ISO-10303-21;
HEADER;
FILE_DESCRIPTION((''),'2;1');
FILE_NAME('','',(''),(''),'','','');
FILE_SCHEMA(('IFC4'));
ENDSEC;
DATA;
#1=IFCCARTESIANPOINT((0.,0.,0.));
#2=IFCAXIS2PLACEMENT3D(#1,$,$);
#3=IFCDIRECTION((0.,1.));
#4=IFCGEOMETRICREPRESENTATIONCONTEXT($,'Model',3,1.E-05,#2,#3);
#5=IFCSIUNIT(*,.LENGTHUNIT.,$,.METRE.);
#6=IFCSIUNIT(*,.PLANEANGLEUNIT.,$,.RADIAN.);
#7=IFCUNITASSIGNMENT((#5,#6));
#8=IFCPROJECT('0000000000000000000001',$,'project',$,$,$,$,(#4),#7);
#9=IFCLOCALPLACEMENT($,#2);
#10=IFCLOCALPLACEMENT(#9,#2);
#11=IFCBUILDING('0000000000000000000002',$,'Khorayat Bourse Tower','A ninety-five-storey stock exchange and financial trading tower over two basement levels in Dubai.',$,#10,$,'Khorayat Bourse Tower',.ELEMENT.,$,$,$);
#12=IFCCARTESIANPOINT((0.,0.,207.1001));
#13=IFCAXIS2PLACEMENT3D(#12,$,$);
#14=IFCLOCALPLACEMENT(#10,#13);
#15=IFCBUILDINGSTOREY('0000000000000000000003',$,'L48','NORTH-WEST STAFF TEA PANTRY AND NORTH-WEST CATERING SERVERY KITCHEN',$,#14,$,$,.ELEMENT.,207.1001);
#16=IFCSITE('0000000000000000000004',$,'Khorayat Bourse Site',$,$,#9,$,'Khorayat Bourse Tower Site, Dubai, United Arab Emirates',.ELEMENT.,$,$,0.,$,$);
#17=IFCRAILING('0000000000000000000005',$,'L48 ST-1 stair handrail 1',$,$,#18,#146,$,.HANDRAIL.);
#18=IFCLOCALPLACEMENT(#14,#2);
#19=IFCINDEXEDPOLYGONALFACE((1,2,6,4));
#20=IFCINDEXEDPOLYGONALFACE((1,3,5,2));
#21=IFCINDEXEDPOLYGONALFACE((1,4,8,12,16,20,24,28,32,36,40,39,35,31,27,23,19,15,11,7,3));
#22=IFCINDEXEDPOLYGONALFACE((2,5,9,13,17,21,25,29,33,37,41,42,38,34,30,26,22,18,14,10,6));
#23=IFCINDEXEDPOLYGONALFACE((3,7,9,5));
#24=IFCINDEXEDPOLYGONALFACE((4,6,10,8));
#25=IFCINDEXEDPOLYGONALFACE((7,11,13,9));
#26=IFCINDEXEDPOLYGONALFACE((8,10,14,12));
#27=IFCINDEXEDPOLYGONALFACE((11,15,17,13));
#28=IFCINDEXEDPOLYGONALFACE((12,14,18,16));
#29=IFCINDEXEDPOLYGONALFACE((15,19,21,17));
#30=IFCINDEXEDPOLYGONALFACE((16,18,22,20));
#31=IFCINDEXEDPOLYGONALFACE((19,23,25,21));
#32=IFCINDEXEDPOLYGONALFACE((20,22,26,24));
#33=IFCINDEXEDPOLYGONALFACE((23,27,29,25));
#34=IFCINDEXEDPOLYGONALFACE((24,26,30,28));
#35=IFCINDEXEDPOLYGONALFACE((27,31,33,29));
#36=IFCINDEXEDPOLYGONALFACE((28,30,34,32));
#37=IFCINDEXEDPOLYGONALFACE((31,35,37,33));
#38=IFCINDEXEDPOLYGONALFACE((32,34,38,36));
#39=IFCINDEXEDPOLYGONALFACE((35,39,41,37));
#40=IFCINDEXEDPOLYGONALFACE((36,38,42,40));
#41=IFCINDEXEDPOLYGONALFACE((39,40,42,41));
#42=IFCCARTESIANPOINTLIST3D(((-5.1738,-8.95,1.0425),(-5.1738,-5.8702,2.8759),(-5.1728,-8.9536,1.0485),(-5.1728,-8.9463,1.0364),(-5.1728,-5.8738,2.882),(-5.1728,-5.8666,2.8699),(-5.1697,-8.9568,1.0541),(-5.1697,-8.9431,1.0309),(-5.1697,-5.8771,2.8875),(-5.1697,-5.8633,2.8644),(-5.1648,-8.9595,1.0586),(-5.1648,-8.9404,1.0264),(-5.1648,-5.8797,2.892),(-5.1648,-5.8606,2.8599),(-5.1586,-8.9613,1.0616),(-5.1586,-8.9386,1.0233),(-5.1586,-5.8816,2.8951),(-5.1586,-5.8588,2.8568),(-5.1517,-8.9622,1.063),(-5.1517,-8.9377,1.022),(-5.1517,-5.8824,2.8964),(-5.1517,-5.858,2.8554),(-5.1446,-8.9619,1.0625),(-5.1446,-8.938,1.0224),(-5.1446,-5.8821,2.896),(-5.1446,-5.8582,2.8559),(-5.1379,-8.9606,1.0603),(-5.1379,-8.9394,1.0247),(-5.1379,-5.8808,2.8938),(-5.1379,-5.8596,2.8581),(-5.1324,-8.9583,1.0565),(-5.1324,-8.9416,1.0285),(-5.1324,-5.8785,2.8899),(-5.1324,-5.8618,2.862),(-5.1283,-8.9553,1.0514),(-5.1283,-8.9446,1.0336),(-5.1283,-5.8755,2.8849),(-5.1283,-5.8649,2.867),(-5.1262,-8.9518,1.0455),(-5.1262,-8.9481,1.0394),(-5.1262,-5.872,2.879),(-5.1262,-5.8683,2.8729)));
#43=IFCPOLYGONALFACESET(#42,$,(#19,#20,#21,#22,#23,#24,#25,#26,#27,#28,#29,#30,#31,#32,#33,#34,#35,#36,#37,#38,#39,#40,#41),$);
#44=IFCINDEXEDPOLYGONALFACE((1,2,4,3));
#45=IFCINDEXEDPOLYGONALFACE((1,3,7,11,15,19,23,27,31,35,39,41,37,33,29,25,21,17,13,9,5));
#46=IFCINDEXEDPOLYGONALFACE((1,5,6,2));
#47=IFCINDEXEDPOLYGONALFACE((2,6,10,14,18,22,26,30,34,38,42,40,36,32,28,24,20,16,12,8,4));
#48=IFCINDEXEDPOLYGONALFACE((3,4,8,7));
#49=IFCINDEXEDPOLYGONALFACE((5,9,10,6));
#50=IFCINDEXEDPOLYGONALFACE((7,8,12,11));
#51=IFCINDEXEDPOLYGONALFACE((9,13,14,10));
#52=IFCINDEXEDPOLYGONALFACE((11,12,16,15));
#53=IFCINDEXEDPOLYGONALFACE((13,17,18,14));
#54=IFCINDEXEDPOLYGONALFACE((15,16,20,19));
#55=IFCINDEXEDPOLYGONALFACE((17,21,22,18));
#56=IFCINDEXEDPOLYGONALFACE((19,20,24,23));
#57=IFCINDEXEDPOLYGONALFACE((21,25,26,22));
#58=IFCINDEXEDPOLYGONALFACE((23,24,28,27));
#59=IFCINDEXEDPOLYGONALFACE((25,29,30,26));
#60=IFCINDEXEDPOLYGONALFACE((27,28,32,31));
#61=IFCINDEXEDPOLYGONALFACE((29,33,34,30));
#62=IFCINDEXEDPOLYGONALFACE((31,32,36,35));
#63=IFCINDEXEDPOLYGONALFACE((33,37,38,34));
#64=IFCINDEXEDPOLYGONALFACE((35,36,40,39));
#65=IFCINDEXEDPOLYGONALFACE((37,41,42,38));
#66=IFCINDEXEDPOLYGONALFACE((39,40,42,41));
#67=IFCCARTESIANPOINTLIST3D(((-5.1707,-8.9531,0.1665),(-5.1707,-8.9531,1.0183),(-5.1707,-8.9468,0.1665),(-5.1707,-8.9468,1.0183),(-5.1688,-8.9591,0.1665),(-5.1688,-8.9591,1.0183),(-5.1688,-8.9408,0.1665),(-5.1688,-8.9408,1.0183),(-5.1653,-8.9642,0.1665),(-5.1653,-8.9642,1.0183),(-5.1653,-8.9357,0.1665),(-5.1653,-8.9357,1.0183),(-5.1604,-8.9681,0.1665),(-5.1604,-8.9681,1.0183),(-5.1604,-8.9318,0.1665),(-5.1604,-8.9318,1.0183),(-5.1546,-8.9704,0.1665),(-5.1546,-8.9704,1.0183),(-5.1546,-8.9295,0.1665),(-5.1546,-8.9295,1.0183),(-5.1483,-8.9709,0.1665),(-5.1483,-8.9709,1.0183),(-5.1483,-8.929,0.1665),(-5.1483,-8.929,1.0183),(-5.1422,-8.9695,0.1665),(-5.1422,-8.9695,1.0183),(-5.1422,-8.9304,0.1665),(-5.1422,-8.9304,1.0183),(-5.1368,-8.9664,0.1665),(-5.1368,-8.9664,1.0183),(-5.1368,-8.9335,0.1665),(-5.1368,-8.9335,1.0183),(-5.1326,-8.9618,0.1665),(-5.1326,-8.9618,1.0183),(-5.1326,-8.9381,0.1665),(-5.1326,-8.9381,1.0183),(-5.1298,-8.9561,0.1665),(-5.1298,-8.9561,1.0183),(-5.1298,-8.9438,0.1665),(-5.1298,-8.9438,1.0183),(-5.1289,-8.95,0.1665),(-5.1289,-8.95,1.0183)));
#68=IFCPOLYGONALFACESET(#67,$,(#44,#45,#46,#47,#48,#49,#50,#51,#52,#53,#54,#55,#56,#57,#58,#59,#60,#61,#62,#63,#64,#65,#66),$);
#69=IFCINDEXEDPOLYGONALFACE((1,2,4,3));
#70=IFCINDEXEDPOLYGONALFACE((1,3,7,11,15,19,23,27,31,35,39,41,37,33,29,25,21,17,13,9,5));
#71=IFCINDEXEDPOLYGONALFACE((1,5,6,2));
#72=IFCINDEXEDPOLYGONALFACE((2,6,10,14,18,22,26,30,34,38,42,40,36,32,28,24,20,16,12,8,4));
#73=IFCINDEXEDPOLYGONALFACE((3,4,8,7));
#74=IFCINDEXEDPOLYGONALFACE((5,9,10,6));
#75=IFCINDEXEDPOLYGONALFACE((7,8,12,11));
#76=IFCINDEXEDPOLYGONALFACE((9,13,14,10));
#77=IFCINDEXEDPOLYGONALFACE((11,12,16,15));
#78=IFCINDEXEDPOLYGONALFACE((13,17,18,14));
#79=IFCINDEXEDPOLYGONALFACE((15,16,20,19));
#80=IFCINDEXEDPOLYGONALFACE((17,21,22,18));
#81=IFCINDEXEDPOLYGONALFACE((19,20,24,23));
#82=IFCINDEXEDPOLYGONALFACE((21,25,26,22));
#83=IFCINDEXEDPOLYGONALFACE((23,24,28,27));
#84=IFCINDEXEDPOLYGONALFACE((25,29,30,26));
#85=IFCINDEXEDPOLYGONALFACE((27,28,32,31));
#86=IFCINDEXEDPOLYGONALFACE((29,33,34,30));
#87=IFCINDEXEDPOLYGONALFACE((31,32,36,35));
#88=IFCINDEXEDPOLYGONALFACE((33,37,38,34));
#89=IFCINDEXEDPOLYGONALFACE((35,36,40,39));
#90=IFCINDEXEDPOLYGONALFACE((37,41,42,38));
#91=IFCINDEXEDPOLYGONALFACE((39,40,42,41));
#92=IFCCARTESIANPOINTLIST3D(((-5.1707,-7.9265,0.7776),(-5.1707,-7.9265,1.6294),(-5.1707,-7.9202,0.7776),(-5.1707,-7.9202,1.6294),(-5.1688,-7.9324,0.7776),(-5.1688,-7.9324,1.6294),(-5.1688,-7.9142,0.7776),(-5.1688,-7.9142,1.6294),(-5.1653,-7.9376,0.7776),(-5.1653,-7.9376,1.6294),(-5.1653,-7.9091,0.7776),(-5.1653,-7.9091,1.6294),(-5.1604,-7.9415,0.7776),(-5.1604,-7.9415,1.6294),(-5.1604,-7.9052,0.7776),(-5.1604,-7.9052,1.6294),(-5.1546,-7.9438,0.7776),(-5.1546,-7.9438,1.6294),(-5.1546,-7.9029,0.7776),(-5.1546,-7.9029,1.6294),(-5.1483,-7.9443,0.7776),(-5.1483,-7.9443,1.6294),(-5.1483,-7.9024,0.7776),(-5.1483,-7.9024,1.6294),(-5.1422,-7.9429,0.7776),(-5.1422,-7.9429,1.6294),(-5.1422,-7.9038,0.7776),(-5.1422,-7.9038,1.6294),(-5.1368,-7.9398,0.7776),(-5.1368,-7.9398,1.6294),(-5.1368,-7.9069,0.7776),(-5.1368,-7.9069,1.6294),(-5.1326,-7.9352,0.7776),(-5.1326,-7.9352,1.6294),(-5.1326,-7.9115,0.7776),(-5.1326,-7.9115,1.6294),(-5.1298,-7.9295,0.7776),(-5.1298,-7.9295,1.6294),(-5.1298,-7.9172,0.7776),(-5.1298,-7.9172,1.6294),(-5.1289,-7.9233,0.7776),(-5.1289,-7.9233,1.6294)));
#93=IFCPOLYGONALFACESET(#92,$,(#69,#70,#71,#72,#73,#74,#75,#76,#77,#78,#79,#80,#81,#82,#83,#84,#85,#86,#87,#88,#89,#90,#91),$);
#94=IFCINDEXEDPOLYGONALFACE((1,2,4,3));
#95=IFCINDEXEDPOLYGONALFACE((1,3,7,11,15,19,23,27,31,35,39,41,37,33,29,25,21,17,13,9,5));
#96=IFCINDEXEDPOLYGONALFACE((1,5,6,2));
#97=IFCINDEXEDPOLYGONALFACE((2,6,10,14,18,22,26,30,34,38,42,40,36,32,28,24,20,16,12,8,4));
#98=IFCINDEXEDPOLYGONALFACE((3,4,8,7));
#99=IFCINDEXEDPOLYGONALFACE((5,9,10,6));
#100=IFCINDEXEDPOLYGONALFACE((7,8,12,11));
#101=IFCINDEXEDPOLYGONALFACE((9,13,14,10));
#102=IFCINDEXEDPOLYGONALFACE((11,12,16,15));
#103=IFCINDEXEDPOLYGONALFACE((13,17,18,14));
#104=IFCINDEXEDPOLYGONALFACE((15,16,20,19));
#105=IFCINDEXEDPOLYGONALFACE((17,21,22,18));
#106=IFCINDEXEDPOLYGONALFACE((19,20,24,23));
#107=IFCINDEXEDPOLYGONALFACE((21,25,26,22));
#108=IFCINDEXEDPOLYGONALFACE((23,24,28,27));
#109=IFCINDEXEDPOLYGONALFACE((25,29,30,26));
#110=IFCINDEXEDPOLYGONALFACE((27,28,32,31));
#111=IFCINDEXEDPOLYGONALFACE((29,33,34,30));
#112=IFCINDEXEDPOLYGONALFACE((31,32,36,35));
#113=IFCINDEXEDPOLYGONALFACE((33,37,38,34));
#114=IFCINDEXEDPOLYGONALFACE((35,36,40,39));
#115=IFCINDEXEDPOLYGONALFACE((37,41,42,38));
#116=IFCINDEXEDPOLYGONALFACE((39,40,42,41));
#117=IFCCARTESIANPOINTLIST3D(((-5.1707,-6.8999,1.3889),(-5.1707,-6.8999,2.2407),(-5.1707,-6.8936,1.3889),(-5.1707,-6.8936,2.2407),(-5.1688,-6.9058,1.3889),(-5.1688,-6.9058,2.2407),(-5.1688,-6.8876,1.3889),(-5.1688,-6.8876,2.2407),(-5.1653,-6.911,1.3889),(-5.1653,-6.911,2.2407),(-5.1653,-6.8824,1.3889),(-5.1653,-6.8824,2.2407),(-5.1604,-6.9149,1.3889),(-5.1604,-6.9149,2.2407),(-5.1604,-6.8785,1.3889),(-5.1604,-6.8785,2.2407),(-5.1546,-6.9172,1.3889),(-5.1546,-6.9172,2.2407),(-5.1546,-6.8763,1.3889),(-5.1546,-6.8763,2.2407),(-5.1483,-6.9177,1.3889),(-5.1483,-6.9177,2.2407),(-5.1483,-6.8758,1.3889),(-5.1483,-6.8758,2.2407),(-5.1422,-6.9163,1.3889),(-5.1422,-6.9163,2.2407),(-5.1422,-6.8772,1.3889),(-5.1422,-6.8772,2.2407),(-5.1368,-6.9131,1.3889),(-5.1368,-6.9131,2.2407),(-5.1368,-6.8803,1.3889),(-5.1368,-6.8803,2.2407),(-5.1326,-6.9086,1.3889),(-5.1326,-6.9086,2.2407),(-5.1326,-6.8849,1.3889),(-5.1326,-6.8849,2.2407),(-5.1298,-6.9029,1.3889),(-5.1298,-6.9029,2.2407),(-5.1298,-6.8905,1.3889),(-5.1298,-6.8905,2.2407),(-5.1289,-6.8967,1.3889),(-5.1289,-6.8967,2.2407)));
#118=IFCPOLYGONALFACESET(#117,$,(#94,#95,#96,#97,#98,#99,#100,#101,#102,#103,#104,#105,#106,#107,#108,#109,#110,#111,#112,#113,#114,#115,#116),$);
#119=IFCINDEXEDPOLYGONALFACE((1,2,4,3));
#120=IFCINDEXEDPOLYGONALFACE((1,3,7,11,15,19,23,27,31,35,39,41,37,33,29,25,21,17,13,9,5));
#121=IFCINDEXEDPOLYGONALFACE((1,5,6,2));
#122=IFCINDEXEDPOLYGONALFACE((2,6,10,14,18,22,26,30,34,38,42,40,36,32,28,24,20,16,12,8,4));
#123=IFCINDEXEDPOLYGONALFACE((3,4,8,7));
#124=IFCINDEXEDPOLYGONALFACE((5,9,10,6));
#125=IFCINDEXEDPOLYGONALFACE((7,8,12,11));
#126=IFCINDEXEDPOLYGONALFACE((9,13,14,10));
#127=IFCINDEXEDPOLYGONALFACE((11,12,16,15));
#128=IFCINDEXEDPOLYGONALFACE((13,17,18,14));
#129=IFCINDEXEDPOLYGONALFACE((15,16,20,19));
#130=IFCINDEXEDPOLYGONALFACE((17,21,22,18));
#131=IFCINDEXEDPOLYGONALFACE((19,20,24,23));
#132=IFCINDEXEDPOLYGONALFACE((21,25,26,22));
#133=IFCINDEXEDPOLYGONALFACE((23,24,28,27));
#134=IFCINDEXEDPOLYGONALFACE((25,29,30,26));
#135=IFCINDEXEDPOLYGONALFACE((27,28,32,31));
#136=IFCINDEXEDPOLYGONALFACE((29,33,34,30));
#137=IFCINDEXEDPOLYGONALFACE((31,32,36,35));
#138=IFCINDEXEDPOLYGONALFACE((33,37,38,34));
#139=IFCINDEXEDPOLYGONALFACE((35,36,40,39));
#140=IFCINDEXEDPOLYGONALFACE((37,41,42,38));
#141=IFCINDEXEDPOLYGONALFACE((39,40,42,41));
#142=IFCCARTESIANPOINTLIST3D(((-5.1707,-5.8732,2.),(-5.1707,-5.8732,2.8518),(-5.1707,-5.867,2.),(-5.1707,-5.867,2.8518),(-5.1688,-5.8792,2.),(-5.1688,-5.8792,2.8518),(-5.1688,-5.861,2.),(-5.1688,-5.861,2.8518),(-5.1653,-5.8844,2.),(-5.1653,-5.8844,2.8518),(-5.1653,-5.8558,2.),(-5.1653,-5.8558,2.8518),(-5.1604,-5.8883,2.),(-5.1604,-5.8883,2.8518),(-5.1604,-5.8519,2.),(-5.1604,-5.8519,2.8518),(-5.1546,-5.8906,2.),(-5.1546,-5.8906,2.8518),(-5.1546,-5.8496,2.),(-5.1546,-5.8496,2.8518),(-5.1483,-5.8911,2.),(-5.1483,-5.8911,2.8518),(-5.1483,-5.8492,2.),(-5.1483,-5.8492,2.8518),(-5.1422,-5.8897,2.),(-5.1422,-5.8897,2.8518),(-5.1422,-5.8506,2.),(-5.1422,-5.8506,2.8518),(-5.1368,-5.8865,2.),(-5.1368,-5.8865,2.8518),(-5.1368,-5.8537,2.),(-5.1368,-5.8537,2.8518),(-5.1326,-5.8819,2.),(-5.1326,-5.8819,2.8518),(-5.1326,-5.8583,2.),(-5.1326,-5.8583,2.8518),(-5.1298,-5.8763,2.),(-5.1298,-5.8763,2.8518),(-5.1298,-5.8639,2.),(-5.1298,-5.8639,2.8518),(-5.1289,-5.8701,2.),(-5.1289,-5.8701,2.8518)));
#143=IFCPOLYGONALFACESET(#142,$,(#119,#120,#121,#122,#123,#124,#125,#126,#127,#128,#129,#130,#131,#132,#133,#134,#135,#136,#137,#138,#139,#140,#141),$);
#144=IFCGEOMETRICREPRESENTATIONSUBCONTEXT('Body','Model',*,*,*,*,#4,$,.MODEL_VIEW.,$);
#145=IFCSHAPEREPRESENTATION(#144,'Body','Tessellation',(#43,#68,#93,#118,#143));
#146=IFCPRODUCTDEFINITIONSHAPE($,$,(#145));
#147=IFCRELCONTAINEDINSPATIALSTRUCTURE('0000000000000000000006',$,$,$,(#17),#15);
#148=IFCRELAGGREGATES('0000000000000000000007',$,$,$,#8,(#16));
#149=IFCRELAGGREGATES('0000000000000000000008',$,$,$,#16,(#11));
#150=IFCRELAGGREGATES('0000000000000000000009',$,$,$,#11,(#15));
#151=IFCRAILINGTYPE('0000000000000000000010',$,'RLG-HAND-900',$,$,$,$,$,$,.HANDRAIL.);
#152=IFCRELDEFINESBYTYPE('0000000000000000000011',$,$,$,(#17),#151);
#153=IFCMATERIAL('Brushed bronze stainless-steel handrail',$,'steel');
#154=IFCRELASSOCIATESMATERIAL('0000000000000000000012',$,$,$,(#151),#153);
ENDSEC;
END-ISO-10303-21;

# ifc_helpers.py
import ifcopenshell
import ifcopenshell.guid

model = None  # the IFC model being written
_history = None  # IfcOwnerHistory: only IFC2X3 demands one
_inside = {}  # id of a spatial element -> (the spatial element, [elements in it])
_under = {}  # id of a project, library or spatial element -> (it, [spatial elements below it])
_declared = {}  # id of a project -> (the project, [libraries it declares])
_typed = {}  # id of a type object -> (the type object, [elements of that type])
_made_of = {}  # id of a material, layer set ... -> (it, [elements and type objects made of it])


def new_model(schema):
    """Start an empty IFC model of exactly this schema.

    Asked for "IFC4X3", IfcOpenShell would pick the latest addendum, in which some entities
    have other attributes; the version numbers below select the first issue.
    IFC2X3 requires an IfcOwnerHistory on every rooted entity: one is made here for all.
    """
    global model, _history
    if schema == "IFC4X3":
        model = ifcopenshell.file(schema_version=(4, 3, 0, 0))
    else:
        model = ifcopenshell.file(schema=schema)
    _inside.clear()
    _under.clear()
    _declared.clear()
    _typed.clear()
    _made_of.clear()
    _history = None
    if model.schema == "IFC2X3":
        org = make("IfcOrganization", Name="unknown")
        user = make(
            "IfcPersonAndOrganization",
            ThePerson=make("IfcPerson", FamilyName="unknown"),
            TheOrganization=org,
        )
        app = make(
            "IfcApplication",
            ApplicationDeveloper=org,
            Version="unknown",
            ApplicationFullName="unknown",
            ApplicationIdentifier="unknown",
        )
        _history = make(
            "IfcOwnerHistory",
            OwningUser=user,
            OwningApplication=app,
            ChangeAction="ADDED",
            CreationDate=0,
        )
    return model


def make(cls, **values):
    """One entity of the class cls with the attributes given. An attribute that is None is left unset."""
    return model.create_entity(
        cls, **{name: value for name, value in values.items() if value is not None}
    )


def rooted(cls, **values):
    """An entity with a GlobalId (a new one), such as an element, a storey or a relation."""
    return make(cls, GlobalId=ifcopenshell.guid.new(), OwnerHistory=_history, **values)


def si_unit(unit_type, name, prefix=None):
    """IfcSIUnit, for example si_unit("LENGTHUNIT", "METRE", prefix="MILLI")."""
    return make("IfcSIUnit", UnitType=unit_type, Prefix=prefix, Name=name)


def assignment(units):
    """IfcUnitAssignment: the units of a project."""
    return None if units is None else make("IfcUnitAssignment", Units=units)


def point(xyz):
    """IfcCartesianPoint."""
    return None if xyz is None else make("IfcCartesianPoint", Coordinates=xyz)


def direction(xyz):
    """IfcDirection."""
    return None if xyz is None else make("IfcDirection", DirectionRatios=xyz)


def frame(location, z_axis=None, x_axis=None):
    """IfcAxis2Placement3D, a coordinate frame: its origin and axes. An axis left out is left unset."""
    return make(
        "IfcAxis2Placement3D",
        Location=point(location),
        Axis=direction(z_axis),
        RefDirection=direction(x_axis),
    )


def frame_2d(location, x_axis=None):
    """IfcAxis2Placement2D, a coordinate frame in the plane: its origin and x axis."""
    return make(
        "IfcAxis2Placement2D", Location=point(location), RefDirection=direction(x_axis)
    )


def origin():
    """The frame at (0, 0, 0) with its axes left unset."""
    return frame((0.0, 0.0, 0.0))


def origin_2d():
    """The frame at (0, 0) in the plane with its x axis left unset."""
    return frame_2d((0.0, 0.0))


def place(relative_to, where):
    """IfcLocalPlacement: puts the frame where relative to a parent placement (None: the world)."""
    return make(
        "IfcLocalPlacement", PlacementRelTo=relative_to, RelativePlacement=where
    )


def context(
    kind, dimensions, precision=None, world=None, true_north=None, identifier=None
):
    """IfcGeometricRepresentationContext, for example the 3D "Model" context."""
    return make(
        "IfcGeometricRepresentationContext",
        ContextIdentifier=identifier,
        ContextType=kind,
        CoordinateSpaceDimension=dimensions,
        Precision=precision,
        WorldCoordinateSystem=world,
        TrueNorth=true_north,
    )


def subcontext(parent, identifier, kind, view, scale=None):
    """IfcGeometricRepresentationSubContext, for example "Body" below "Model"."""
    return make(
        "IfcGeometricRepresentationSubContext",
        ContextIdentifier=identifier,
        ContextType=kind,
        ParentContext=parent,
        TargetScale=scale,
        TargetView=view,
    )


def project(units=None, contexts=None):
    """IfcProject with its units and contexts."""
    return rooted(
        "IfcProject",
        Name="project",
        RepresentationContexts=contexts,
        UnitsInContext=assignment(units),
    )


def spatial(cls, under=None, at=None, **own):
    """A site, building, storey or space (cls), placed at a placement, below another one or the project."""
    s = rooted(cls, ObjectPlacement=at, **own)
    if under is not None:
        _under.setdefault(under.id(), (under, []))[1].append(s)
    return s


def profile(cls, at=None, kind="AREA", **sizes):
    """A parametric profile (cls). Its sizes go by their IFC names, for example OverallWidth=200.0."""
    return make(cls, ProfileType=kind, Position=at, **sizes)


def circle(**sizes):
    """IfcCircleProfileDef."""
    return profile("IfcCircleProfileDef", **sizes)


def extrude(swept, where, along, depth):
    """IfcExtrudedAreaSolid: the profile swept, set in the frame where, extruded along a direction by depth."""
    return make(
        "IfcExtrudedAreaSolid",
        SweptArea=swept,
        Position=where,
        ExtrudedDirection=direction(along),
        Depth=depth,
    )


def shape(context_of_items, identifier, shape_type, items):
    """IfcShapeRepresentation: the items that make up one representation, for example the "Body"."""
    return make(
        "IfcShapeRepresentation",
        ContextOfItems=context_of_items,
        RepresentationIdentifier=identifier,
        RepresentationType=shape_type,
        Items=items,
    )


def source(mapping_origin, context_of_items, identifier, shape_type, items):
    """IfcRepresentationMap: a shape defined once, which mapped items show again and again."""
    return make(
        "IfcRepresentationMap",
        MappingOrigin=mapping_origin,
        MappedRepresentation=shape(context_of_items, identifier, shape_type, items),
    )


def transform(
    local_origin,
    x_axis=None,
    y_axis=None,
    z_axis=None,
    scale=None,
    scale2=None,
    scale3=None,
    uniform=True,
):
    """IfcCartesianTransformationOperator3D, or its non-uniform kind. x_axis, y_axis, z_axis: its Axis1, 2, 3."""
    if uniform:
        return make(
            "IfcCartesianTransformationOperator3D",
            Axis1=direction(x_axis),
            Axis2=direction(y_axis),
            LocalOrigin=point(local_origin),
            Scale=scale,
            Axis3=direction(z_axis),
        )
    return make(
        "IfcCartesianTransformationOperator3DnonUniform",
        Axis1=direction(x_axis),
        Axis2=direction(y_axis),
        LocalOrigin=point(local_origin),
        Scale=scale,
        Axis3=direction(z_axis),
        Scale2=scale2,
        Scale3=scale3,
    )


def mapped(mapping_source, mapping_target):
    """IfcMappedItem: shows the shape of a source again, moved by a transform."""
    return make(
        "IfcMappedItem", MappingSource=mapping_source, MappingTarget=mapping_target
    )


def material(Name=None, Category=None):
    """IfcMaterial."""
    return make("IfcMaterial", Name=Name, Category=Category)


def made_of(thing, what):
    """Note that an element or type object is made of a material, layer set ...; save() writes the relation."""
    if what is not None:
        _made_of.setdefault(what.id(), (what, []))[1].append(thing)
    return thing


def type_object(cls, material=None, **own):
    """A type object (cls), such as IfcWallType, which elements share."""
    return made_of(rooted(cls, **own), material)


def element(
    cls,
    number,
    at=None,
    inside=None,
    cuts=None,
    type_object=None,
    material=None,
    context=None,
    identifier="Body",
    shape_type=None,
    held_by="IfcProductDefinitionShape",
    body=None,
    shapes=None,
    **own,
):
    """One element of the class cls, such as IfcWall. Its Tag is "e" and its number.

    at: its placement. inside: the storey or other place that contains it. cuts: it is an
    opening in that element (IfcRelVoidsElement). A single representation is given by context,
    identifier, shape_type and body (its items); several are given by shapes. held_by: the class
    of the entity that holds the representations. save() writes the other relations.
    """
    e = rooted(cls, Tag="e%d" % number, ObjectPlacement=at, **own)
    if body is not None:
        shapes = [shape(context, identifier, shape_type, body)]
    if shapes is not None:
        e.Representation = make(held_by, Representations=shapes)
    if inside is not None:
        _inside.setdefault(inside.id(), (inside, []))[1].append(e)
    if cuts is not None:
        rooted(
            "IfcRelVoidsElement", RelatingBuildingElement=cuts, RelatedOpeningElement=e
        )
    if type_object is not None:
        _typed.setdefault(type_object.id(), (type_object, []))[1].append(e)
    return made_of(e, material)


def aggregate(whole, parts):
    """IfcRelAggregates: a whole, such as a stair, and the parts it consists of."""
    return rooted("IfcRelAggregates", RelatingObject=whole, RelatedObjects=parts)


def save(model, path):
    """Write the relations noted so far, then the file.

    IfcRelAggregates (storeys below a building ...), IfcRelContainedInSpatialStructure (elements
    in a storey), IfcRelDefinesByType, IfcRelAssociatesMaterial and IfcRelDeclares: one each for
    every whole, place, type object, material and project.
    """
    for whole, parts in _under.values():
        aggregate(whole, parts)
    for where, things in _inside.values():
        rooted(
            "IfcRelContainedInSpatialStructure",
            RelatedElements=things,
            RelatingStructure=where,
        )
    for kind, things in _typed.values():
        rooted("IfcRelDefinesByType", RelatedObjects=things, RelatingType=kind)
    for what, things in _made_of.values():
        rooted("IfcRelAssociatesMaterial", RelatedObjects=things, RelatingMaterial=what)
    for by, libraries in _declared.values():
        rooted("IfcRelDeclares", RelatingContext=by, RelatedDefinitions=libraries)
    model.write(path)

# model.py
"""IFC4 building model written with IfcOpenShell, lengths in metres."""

from ifc_helpers import new_model, si_unit, direction, frame, origin, origin_2d, place, context, subcontext, project, spatial, circle, extrude, source, transform, mapped, material, type_object, element, save


model = new_model("IFC4")

# Units and contexts
model_context = context("Model", 3, precision=1e-05, world=origin(), true_north=direction((0.0, 1.0)))
body_context = subcontext(model_context, "Body", "Model", "MODEL_VIEW")
ifc_project = project(units=[si_unit("LENGTHUNIT", "METRE"), si_unit("PLANEANGLEUNIT", "RADIAN")], contexts=[model_context])

# Site, building, storey
site_placement = place(None, origin())
site = spatial("IfcSite", under=ifc_project, at=site_placement, Name="Khorayat Bourse Site", LongName="Khorayat Bourse Tower Site, Dubai, United Arab Emirates", CompositionType="ELEMENT", RefElevation=0.0)
building_placement = place(site_placement, origin())
building = spatial("IfcBuilding", under=site, at=building_placement, Name="Khorayat Bourse Tower", Description="A ninety-five-storey stock exchange and financial trading tower over two basement levels in Dubai.", LongName="Khorayat Bourse Tower", CompositionType="ELEMENT")
storey_placement = place(building_placement, frame((0.0, 0.0, 207.1001)))
storey = spatial("IfcBuildingStorey", under=building, at=storey_placement, Name="L48", Description="NORTH-WEST STAFF TEA PANTRY AND NORTH-WEST CATERING SERVERY KITCHEN", CompositionType="ELEMENT", Elevation=207.1001)

# Railing
ifc_material_1 = material(Name="Brushed bronze stainless-steel handrail", Category="steel")
railing_type_1 = type_object("IfcRailingType", Name="RLG-HAND-900", PredefinedType="HANDRAIL", material=ifc_material_1)
shared_shape_1 = source(origin(), body_context, "Body", "SweptSolid", [
    extrude(circle(Radius=0.0239, at=origin_2d()), frame((0.0, 0.0, 0.876), z_axis=(0.0, 0.859261, 0.511538), x_axis=(-1.0, 0.0, 0.0)), (0.0, 0.0, 1.0), 3.5842),
    extrude(circle(Radius=0.021, at=origin_2d()), origin(), (0.0, 0.0, 1.0), 0.8518),
    extrude(circle(Radius=0.021, at=origin_2d()), frame((0.0, 1.0266, 0.6111)), (0.0, 0.0, 1.0), 0.8518),
    extrude(circle(Radius=0.021, at=origin_2d()), frame((0.0, 2.0532, 1.2224)), (0.0, 0.0, 1.0), 0.8518),
    extrude(circle(Radius=0.021, at=origin_2d()), frame((0.0, 3.0798, 1.8335)), (0.0, 0.0, 1.0), 0.8518),
])
railing_1_placement = place(storey_placement, frame((-5.1499, -8.95, 0.1665)))
element("IfcRailing", 1, at=railing_1_placement, inside=storey, type_object=railing_type_1, Name="L48 ST-1 stair handrail 1", PredefinedType="HANDRAIL", context=body_context, shape_type="MappedRepresentation", body=[
    mapped(shared_shape_1, transform((0.0, 0.0, 0.0), scale=1.0)),
])

save(model, "model.ifc")
